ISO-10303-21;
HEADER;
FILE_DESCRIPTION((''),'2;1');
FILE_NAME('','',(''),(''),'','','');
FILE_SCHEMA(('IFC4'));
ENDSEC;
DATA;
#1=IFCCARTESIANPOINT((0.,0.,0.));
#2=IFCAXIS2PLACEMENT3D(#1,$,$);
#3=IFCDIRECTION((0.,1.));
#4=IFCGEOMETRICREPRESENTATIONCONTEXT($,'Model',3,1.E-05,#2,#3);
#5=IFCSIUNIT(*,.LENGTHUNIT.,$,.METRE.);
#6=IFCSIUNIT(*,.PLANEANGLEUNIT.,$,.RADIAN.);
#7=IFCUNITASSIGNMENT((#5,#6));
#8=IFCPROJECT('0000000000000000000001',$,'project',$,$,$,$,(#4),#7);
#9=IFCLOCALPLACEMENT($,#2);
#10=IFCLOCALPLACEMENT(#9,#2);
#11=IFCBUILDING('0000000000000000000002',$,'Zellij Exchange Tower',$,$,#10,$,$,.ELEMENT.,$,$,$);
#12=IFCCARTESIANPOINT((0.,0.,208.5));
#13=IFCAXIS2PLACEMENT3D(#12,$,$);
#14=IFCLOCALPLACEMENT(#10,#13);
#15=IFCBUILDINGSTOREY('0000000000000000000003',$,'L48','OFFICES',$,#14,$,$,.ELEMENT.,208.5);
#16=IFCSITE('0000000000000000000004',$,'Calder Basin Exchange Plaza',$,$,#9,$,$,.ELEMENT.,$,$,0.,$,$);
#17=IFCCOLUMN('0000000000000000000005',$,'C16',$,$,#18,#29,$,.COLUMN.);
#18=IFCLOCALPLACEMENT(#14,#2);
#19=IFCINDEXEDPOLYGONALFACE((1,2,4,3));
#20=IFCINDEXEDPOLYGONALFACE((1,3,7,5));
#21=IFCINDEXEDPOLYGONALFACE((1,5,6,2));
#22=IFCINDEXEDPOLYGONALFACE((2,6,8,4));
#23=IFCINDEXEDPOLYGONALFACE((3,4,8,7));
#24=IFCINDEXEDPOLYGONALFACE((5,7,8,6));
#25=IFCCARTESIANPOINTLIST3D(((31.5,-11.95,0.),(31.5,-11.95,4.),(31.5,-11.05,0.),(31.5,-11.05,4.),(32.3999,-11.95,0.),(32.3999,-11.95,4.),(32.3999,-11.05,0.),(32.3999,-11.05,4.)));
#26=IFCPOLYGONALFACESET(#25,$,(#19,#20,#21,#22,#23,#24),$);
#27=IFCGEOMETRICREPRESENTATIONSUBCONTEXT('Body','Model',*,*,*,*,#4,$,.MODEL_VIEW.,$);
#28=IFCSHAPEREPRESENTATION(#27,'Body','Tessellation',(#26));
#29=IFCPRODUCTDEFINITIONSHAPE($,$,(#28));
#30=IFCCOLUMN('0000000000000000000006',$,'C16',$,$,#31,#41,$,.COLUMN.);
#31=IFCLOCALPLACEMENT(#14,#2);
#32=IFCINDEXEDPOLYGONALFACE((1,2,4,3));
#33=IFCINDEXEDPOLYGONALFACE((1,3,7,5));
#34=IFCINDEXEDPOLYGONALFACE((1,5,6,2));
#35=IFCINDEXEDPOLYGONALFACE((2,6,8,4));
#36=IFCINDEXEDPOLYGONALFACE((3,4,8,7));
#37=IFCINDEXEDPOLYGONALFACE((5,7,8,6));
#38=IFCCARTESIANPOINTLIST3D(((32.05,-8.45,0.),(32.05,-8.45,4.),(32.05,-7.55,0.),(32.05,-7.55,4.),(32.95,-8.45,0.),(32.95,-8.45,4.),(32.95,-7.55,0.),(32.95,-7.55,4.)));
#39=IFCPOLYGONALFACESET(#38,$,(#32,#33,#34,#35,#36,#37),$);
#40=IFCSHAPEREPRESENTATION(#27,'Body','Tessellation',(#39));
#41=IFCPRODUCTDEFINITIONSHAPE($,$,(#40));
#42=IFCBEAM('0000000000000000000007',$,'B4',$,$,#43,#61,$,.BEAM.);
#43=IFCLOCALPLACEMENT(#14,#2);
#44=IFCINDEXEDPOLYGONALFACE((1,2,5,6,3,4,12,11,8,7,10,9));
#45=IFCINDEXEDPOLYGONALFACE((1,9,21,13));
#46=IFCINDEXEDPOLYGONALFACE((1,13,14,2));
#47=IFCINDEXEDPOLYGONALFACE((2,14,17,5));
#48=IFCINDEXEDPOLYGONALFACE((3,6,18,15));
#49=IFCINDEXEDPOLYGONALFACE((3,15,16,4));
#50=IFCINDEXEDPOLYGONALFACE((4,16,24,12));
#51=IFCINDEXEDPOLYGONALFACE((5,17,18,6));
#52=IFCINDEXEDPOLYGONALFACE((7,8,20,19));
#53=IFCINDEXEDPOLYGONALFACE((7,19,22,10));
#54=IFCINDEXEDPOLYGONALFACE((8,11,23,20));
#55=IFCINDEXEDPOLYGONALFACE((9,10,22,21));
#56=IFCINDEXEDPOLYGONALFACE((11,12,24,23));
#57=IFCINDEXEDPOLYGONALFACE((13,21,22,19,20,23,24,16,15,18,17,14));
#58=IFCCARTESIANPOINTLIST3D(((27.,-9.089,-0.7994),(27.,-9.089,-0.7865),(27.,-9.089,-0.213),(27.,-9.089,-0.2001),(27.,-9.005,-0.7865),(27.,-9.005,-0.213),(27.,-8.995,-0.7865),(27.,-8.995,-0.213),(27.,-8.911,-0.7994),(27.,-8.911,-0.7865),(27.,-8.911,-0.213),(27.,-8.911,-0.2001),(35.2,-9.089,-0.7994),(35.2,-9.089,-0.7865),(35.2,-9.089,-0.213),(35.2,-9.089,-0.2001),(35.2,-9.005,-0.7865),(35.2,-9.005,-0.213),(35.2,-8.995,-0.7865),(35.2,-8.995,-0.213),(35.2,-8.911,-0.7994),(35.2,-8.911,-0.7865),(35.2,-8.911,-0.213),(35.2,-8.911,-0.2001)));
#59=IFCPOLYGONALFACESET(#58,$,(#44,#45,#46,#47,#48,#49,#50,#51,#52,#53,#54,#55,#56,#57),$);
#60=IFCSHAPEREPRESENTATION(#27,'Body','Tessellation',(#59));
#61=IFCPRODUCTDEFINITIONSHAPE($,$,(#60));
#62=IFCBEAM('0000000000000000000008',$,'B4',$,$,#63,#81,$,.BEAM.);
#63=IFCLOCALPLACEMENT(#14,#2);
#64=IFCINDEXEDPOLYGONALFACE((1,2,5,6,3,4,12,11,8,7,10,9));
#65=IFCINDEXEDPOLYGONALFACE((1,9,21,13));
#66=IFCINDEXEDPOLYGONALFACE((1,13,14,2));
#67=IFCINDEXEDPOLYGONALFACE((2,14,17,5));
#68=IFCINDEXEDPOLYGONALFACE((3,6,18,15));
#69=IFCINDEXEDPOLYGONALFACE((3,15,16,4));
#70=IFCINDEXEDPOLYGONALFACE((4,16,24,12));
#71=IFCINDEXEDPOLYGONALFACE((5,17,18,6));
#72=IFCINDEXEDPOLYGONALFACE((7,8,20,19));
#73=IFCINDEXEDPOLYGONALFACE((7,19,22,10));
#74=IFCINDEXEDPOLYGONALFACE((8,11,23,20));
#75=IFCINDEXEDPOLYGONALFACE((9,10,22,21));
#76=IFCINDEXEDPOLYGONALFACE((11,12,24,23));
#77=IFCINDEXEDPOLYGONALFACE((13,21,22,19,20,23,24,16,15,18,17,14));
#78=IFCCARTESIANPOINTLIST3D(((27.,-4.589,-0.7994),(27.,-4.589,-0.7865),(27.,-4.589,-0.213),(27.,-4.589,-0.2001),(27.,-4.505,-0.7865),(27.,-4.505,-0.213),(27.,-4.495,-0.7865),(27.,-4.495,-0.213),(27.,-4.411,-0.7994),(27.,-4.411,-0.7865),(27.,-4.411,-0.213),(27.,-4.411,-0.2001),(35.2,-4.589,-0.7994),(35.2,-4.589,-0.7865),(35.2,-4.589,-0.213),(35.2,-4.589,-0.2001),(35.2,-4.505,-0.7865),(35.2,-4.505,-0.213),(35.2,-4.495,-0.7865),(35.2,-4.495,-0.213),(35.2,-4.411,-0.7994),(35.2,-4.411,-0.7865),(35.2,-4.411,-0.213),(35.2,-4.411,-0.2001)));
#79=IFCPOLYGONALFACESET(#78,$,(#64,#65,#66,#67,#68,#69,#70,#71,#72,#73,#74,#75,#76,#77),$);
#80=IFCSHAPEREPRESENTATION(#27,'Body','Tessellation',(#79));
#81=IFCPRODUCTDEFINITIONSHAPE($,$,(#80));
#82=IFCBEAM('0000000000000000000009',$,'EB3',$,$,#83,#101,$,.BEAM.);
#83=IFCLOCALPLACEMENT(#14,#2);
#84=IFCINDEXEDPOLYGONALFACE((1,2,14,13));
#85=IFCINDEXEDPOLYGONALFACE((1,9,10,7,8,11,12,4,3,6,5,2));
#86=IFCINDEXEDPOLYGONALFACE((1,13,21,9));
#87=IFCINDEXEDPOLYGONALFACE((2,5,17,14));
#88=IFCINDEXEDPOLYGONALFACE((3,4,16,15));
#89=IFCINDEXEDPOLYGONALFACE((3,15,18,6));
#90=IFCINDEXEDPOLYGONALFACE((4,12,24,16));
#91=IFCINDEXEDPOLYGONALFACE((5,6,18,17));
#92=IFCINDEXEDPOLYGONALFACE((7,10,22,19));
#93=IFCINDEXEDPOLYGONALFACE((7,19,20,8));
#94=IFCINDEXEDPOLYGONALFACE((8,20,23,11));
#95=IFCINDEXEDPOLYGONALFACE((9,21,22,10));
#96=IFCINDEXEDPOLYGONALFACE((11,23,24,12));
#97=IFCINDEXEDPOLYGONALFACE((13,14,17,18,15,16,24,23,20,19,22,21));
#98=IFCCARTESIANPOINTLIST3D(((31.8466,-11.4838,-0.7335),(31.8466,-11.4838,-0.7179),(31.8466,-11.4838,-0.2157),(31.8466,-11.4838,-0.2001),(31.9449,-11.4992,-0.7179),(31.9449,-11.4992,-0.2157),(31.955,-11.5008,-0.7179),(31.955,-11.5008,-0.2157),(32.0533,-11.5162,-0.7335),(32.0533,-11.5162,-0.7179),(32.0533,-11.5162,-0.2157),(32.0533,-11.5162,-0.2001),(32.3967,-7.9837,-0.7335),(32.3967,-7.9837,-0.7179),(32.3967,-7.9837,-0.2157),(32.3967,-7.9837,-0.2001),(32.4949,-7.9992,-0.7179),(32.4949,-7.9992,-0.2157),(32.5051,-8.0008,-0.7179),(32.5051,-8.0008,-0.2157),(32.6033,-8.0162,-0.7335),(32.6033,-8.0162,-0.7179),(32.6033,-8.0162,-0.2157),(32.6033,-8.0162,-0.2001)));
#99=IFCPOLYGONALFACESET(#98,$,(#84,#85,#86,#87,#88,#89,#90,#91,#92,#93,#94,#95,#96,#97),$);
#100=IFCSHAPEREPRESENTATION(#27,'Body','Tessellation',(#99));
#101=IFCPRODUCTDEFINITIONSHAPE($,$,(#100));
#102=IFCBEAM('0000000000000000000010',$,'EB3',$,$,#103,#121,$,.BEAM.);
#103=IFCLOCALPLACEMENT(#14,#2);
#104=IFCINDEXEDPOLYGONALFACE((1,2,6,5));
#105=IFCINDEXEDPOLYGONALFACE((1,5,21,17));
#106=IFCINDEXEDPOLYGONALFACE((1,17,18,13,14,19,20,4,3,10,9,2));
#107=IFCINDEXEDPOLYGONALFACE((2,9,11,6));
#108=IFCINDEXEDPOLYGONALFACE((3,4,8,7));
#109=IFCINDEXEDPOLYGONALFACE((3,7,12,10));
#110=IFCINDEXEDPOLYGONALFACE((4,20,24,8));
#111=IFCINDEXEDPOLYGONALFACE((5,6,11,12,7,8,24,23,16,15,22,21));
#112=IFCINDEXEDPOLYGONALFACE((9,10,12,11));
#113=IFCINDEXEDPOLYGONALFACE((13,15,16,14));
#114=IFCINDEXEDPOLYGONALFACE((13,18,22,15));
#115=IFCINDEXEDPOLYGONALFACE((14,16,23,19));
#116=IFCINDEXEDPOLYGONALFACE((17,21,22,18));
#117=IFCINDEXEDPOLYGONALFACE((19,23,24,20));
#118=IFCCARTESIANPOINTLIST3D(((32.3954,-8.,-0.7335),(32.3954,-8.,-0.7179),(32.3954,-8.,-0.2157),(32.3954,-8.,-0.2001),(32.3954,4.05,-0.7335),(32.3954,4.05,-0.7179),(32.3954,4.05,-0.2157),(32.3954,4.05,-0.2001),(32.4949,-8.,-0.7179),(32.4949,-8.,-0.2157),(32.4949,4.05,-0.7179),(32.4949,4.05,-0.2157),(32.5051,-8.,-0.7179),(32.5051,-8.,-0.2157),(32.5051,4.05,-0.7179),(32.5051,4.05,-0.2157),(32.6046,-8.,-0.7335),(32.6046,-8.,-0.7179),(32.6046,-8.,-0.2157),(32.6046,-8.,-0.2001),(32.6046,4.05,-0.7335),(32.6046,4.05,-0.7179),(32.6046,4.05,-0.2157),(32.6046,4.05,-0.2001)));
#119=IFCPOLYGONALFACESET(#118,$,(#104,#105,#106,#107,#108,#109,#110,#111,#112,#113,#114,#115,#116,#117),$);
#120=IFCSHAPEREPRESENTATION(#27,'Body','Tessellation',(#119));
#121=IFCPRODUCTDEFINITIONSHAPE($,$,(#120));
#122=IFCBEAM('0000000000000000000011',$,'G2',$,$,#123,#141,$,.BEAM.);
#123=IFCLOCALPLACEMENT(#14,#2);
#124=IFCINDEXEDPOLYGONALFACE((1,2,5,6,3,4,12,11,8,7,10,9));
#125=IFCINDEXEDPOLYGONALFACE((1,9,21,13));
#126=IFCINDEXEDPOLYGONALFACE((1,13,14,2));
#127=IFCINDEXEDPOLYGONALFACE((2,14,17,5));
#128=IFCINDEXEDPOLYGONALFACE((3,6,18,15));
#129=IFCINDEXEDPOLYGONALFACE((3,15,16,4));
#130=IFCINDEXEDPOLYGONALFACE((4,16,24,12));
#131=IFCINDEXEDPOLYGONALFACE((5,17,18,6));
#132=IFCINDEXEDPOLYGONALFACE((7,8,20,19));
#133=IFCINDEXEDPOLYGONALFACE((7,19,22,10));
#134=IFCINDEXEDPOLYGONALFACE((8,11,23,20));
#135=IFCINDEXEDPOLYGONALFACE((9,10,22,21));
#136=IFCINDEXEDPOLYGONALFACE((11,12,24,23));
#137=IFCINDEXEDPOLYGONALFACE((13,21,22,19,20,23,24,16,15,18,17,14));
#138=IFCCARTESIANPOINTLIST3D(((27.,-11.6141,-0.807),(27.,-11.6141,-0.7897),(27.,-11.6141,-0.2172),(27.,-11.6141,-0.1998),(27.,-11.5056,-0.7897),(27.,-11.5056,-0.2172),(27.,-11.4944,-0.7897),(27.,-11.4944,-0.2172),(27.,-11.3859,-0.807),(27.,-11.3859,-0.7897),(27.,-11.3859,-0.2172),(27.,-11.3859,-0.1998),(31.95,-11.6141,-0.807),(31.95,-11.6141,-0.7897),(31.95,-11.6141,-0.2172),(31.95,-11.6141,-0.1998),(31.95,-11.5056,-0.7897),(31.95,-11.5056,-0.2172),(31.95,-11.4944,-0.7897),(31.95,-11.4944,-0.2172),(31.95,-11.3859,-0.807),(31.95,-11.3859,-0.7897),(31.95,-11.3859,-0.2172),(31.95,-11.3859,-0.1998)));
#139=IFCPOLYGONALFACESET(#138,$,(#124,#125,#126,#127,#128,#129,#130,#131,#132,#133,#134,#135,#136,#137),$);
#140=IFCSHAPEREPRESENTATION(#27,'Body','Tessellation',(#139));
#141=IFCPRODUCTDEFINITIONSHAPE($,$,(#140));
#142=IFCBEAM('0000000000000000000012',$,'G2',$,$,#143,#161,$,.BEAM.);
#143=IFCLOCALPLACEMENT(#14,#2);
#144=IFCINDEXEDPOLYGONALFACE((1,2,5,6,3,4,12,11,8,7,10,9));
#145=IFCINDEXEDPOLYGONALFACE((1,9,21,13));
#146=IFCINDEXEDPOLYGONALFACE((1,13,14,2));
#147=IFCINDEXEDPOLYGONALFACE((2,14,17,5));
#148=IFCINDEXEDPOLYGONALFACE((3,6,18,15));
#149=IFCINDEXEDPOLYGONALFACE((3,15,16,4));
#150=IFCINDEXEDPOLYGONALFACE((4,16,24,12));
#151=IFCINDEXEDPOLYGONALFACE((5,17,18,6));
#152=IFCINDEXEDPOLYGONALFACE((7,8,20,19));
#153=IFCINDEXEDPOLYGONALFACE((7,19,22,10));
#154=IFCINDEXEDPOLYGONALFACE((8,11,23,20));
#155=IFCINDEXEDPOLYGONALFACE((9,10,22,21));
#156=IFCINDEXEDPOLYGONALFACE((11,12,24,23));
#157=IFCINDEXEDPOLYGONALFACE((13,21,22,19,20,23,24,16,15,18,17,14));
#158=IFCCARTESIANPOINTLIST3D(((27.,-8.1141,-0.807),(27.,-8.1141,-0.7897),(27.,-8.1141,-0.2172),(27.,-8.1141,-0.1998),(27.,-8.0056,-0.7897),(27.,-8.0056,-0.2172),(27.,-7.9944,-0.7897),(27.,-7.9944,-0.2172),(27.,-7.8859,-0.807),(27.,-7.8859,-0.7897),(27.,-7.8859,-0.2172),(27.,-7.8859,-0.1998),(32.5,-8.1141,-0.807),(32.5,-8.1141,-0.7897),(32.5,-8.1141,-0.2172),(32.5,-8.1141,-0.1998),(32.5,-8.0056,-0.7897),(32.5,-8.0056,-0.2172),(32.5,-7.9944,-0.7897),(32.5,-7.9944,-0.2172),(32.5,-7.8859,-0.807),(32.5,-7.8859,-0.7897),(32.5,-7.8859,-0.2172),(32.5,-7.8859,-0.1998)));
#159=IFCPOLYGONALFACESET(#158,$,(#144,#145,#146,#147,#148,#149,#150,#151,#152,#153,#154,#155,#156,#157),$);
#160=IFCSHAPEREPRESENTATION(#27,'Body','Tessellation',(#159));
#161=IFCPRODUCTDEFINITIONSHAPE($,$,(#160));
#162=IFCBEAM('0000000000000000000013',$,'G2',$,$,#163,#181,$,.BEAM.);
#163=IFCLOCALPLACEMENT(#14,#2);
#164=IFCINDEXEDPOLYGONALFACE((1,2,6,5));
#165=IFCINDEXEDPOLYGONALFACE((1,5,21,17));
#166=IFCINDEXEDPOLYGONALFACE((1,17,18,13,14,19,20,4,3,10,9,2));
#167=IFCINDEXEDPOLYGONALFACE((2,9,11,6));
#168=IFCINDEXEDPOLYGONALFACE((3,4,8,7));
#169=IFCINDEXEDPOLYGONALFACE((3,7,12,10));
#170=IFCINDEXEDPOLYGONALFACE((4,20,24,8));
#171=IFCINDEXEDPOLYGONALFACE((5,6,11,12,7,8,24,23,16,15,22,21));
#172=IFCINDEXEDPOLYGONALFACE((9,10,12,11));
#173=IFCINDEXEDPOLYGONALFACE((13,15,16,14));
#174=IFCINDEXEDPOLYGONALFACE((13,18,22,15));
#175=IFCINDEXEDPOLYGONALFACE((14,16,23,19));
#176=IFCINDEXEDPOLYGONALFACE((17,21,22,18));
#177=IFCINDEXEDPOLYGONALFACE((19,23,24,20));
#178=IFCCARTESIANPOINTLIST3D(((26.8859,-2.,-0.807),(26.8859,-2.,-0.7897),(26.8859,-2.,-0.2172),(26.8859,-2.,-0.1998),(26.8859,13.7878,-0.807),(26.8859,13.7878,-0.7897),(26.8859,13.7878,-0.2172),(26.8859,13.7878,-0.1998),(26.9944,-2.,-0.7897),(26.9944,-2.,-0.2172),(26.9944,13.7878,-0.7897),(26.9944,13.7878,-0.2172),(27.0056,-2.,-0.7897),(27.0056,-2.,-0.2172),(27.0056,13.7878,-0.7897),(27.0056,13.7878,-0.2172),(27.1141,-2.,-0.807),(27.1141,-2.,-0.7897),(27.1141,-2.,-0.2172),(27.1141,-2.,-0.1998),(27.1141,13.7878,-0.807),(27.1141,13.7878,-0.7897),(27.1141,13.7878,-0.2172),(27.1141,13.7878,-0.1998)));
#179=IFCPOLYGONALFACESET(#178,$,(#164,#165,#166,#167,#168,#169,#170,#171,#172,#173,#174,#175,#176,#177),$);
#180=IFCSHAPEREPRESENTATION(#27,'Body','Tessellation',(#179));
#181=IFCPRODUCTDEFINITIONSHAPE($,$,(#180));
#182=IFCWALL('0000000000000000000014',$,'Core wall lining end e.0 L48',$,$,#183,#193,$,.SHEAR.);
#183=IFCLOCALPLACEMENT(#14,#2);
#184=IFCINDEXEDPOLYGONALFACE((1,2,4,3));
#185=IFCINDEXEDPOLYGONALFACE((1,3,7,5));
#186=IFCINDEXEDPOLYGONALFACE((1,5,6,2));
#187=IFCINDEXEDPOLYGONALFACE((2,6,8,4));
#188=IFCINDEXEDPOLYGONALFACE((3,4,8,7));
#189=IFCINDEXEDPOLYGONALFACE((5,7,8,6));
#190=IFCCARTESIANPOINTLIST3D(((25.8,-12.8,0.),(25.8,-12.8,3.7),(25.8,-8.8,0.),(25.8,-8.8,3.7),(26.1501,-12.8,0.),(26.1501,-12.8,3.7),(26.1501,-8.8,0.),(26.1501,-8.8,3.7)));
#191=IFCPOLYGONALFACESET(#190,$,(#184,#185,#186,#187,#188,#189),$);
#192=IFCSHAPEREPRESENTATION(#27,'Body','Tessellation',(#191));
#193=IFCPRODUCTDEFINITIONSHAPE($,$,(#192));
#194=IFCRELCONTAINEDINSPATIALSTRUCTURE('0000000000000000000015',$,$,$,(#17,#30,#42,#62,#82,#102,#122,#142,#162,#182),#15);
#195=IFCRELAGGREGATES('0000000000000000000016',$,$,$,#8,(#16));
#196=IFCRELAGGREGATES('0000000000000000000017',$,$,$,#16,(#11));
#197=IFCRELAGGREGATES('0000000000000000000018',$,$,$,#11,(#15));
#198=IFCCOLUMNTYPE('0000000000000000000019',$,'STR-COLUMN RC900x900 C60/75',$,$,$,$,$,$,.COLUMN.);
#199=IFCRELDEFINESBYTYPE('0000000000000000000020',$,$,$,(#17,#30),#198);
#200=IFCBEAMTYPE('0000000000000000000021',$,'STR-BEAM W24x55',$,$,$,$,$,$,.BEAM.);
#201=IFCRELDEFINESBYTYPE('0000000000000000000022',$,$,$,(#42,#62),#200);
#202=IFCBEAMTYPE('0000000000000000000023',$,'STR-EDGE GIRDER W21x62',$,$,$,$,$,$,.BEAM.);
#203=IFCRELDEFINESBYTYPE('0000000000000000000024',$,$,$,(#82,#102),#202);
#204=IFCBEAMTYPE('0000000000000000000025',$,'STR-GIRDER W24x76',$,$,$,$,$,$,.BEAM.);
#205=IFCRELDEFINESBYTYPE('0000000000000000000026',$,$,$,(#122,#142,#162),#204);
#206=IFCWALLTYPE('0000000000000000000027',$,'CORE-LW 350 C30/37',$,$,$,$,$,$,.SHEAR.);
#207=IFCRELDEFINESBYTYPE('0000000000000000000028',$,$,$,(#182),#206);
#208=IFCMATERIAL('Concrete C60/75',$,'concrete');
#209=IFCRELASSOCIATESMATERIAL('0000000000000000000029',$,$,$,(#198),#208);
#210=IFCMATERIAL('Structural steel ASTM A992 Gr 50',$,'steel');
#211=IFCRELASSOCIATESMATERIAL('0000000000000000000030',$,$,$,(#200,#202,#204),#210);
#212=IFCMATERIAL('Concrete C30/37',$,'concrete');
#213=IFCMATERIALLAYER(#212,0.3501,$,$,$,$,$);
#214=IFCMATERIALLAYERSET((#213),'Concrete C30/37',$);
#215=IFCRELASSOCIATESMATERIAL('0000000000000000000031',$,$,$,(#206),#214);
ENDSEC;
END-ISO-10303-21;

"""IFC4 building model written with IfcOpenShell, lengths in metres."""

from ifc_helpers import new_model, si_unit, direction, frame, frame_2d, origin, origin_2d, place, context, subcontext, project, spatial, rectangle, i_section, extrude, material, layer, layer_set, material_profile, profile_set, type_object, element, save


model = new_model("IFC4")

# Units and contexts
model_context = context("Model", 3, precision=1e-05, world=origin(), true_north=direction((0.0, 1.0)))
body_context = subcontext(model_context, "Body", "Model", "MODEL_VIEW")
ifc_project = project(units=[si_unit("LENGTHUNIT", "METRE"), si_unit("PLANEANGLEUNIT", "RADIAN")], contexts=[model_context])

# Site, building, storey
site_placement = place(None, origin())
site = spatial("IfcSite", under=ifc_project, at=site_placement, Name="Calder Basin Exchange Plaza", CompositionType="ELEMENT", RefElevation=0.0)
building_placement = place(site_placement, origin())
building = spatial("IfcBuilding", under=site, at=building_placement, Name="Zellij Exchange Tower", CompositionType="ELEMENT")
storey_placement = place(building_placement, frame((0.0, 0.0, 208.5)))
storey = spatial("IfcBuildingStorey", under=building, at=storey_placement, Name="L48", Description="OFFICES", CompositionType="ELEMENT", Elevation=208.5)

# Columns
ifc_material_1 = material(Name="Concrete C60/75", Category="concrete")
ifc_material_profile_1 = material_profile(ifc_material_1, rectangle(XDim=0.8999, YDim=0.8999, at=origin_2d()), Name="STR-COLUMN RC900x900 C60/75")
ifc_profile_set_1 = profile_set([ifc_material_profile_1], Name="Concrete C60/75")
column_type = type_object("IfcColumnType", Name="STR-COLUMN RC900x900 C60/75", PredefinedType="COLUMN", material=ifc_profile_set_1)
for number, where, z_axis, x_axis, name in (
    (1, (31.95, -11.5, 0.0), (0.0, 0.0, 1.0), (1.0, 0.0, 0.0), "C16"),
    (2, (32.5, -8.0, 0.0), (0.0, 0.0, 1.0), (1.0, 0.0, 0.0), "C16"),
):
    element("IfcColumn", number, at=place(storey_placement, frame(where, z_axis=z_axis, x_axis=x_axis)), inside=storey, type_object=column_type, Name=name, PredefinedType="COLUMN", context=body_context, shape_type="SweptSolid", body=[
        extrude(rectangle(XDim=0.8999, YDim=0.8999, at=origin_2d()), origin(), (0.0, 0.0, 1.0), 4.0),
    ])

# Beams
ifc_material_2 = material(Name="Structural steel ASTM A992 Gr 50", Category="steel")
ifc_material_profile_2 = material_profile(ifc_material_2, i_section(OverallWidth=0.178, OverallDepth=0.5994, WebThickness=0.01, FlangeThickness=0.0129, at=origin_2d()), Name="W24x55")
ifc_profile_set_2 = profile_set([ifc_material_profile_2], Name="Structural steel ASTM A992 Gr 50")
beam_type_1 = type_object("IfcBeamType", Name="STR-BEAM W24x55", PredefinedType="BEAM", material=ifc_profile_set_2)
for number, where, z_axis, x_axis, name in (
    (3, (27.0, -9.0, -0.4998), (1.0, 0.0, 0.0), (0.0, 1.0, 0.0), "B4"),
    (4, (27.0, -4.5, -0.4998), (1.0, 0.0, 0.0), (0.0, 1.0, 0.0), "B4"),
):
    element("IfcBeam", number, at=place(storey_placement, frame(where, z_axis=z_axis, x_axis=x_axis)), inside=storey, type_object=beam_type_1, Name=name, PredefinedType="BEAM", context=body_context, shape_type="SweptSolid", body=[
        extrude(i_section(OverallWidth=0.178, OverallDepth=0.5994, WebThickness=0.01, FlangeThickness=0.0129, at=origin_2d()), origin(), (0.0, 0.0, 1.0), 8.2),
    ])
ifc_material_profile_3 = material_profile(ifc_material_2, i_section(OverallWidth=0.2092, OverallDepth=0.5334, WebThickness=0.0103, FlangeThickness=0.0156, at=origin_2d()), Name="W21x62")
ifc_profile_set_3 = profile_set([ifc_material_profile_3], Name="Structural steel ASTM A992 Gr 50")
beam_type_2 = type_object("IfcBeamType", Name="STR-EDGE GIRDER W21x62", PredefinedType="BEAM", material=ifc_profile_set_3)
beam_1_placement = place(storey_placement, frame((31.95, -11.5, -0.4668), z_axis=(0.155251, 0.987875, 0.0), x_axis=(-0.987875, 0.155251, 0.0)))
element("IfcBeam", 5, at=beam_1_placement, inside=storey, type_object=beam_type_2, Name="EB3", PredefinedType="BEAM", context=body_context, shape_type="SweptSolid", body=[
    extrude(i_section(OverallWidth=0.2092, OverallDepth=0.5334, WebThickness=0.0103, FlangeThickness=0.0156, at=origin_2d()), origin(), (0.0, 0.0, 1.0), 3.543),
])
beam_2_placement = place(storey_placement, frame((32.5, -8.0, -0.4668), z_axis=(0.0, 1.0, 0.0), x_axis=(-1.0, 0.0, 0.0)))
element("IfcBeam", 6, at=beam_2_placement, inside=storey, type_object=beam_type_2, Name="EB3", PredefinedType="BEAM", context=body_context, shape_type="SweptSolid", body=[
    extrude(i_section(OverallWidth=0.2092, OverallDepth=0.5334, WebThickness=0.0103, FlangeThickness=0.0156, at=origin_2d()), origin(), (0.0, 0.0, 1.0), 12.05),
])
ifc_material_profile_4 = material_profile(ifc_material_2, i_section(OverallWidth=0.2283, OverallDepth=0.6072, WebThickness=0.0112, FlangeThickness=0.0173, at=origin_2d()), Name="W24x76")
ifc_profile_set_4 = profile_set([ifc_material_profile_4], Name="Structural steel ASTM A992 Gr 50")
beam_type_3 = type_object("IfcBeamType", Name="STR-GIRDER W24x76", PredefinedType="BEAM", material=ifc_profile_set_4)
beam_3_placement = place(storey_placement, frame((27.0, -11.5, -0.5034), z_axis=(1.0, 0.0, 0.0), x_axis=(0.0, 1.0, 0.0)))
element("IfcBeam", 7, at=beam_3_placement, inside=storey, type_object=beam_type_3, Name="G2", PredefinedType="BEAM", context=body_context, shape_type="SweptSolid", body=[
    extrude(i_section(OverallWidth=0.2283, OverallDepth=0.6072, WebThickness=0.0112, FlangeThickness=0.0173, at=origin_2d()), origin(), (0.0, 0.0, 1.0), 4.95),
])
beam_4_placement = place(storey_placement, frame((27.0, -8.0, -0.5034), z_axis=(1.0, 0.0, 0.0), x_axis=(0.0, 1.0, 0.0)))
element("IfcBeam", 8, at=beam_4_placement, inside=storey, type_object=beam_type_3, Name="G2", PredefinedType="BEAM", context=body_context, shape_type="SweptSolid", body=[
    extrude(i_section(OverallWidth=0.2283, OverallDepth=0.6072, WebThickness=0.0112, FlangeThickness=0.0173, at=origin_2d()), origin(), (0.0, 0.0, 1.0), 5.5),
])
beam_5_placement = place(storey_placement, frame((27.0, -2.0, -0.5034), z_axis=(0.0, 1.0, 0.0), x_axis=(-1.0, 0.0, 0.0)))
element("IfcBeam", 9, at=beam_5_placement, inside=storey, type_object=beam_type_3, Name="G2", PredefinedType="BEAM", context=body_context, shape_type="SweptSolid", body=[
    extrude(i_section(OverallWidth=0.2283, OverallDepth=0.6072, WebThickness=0.0112, FlangeThickness=0.0173, at=origin_2d()), origin(), (0.0, 0.0, 1.0), 15.7878),
])

# Wall
ifc_material_3 = material(Name="Concrete C30/37", Category="concrete")
ifc_layer_1 = layer(ifc_material_3, 0.3501)
ifc_layer_set_1 = layer_set([ifc_layer_1], Name="Concrete C30/37")
wall_type_1 = type_object("IfcWallType", Name="CORE-LW 350 C30/37", PredefinedType="SHEAR", material=ifc_layer_set_1)
wall_1_placement = place(storey_placement, frame((25.9751, -12.8, 0.0), z_axis=(0.0, 0.0, 1.0), x_axis=(0.0, 1.0, 0.0)))
element("IfcWall", 10, at=wall_1_placement, inside=storey, type_object=wall_type_1, Name="Core wall lining end e.0 L48", PredefinedType="SHEAR", context=body_context, shape_type="SweptSolid", body=[
    extrude(rectangle(XDim=4.0, YDim=0.3501, at=frame_2d((2.0, 0.0))), origin(), (0.0, 0.0, 1.0), 3.7),
])

save(model, "model.ifc")
